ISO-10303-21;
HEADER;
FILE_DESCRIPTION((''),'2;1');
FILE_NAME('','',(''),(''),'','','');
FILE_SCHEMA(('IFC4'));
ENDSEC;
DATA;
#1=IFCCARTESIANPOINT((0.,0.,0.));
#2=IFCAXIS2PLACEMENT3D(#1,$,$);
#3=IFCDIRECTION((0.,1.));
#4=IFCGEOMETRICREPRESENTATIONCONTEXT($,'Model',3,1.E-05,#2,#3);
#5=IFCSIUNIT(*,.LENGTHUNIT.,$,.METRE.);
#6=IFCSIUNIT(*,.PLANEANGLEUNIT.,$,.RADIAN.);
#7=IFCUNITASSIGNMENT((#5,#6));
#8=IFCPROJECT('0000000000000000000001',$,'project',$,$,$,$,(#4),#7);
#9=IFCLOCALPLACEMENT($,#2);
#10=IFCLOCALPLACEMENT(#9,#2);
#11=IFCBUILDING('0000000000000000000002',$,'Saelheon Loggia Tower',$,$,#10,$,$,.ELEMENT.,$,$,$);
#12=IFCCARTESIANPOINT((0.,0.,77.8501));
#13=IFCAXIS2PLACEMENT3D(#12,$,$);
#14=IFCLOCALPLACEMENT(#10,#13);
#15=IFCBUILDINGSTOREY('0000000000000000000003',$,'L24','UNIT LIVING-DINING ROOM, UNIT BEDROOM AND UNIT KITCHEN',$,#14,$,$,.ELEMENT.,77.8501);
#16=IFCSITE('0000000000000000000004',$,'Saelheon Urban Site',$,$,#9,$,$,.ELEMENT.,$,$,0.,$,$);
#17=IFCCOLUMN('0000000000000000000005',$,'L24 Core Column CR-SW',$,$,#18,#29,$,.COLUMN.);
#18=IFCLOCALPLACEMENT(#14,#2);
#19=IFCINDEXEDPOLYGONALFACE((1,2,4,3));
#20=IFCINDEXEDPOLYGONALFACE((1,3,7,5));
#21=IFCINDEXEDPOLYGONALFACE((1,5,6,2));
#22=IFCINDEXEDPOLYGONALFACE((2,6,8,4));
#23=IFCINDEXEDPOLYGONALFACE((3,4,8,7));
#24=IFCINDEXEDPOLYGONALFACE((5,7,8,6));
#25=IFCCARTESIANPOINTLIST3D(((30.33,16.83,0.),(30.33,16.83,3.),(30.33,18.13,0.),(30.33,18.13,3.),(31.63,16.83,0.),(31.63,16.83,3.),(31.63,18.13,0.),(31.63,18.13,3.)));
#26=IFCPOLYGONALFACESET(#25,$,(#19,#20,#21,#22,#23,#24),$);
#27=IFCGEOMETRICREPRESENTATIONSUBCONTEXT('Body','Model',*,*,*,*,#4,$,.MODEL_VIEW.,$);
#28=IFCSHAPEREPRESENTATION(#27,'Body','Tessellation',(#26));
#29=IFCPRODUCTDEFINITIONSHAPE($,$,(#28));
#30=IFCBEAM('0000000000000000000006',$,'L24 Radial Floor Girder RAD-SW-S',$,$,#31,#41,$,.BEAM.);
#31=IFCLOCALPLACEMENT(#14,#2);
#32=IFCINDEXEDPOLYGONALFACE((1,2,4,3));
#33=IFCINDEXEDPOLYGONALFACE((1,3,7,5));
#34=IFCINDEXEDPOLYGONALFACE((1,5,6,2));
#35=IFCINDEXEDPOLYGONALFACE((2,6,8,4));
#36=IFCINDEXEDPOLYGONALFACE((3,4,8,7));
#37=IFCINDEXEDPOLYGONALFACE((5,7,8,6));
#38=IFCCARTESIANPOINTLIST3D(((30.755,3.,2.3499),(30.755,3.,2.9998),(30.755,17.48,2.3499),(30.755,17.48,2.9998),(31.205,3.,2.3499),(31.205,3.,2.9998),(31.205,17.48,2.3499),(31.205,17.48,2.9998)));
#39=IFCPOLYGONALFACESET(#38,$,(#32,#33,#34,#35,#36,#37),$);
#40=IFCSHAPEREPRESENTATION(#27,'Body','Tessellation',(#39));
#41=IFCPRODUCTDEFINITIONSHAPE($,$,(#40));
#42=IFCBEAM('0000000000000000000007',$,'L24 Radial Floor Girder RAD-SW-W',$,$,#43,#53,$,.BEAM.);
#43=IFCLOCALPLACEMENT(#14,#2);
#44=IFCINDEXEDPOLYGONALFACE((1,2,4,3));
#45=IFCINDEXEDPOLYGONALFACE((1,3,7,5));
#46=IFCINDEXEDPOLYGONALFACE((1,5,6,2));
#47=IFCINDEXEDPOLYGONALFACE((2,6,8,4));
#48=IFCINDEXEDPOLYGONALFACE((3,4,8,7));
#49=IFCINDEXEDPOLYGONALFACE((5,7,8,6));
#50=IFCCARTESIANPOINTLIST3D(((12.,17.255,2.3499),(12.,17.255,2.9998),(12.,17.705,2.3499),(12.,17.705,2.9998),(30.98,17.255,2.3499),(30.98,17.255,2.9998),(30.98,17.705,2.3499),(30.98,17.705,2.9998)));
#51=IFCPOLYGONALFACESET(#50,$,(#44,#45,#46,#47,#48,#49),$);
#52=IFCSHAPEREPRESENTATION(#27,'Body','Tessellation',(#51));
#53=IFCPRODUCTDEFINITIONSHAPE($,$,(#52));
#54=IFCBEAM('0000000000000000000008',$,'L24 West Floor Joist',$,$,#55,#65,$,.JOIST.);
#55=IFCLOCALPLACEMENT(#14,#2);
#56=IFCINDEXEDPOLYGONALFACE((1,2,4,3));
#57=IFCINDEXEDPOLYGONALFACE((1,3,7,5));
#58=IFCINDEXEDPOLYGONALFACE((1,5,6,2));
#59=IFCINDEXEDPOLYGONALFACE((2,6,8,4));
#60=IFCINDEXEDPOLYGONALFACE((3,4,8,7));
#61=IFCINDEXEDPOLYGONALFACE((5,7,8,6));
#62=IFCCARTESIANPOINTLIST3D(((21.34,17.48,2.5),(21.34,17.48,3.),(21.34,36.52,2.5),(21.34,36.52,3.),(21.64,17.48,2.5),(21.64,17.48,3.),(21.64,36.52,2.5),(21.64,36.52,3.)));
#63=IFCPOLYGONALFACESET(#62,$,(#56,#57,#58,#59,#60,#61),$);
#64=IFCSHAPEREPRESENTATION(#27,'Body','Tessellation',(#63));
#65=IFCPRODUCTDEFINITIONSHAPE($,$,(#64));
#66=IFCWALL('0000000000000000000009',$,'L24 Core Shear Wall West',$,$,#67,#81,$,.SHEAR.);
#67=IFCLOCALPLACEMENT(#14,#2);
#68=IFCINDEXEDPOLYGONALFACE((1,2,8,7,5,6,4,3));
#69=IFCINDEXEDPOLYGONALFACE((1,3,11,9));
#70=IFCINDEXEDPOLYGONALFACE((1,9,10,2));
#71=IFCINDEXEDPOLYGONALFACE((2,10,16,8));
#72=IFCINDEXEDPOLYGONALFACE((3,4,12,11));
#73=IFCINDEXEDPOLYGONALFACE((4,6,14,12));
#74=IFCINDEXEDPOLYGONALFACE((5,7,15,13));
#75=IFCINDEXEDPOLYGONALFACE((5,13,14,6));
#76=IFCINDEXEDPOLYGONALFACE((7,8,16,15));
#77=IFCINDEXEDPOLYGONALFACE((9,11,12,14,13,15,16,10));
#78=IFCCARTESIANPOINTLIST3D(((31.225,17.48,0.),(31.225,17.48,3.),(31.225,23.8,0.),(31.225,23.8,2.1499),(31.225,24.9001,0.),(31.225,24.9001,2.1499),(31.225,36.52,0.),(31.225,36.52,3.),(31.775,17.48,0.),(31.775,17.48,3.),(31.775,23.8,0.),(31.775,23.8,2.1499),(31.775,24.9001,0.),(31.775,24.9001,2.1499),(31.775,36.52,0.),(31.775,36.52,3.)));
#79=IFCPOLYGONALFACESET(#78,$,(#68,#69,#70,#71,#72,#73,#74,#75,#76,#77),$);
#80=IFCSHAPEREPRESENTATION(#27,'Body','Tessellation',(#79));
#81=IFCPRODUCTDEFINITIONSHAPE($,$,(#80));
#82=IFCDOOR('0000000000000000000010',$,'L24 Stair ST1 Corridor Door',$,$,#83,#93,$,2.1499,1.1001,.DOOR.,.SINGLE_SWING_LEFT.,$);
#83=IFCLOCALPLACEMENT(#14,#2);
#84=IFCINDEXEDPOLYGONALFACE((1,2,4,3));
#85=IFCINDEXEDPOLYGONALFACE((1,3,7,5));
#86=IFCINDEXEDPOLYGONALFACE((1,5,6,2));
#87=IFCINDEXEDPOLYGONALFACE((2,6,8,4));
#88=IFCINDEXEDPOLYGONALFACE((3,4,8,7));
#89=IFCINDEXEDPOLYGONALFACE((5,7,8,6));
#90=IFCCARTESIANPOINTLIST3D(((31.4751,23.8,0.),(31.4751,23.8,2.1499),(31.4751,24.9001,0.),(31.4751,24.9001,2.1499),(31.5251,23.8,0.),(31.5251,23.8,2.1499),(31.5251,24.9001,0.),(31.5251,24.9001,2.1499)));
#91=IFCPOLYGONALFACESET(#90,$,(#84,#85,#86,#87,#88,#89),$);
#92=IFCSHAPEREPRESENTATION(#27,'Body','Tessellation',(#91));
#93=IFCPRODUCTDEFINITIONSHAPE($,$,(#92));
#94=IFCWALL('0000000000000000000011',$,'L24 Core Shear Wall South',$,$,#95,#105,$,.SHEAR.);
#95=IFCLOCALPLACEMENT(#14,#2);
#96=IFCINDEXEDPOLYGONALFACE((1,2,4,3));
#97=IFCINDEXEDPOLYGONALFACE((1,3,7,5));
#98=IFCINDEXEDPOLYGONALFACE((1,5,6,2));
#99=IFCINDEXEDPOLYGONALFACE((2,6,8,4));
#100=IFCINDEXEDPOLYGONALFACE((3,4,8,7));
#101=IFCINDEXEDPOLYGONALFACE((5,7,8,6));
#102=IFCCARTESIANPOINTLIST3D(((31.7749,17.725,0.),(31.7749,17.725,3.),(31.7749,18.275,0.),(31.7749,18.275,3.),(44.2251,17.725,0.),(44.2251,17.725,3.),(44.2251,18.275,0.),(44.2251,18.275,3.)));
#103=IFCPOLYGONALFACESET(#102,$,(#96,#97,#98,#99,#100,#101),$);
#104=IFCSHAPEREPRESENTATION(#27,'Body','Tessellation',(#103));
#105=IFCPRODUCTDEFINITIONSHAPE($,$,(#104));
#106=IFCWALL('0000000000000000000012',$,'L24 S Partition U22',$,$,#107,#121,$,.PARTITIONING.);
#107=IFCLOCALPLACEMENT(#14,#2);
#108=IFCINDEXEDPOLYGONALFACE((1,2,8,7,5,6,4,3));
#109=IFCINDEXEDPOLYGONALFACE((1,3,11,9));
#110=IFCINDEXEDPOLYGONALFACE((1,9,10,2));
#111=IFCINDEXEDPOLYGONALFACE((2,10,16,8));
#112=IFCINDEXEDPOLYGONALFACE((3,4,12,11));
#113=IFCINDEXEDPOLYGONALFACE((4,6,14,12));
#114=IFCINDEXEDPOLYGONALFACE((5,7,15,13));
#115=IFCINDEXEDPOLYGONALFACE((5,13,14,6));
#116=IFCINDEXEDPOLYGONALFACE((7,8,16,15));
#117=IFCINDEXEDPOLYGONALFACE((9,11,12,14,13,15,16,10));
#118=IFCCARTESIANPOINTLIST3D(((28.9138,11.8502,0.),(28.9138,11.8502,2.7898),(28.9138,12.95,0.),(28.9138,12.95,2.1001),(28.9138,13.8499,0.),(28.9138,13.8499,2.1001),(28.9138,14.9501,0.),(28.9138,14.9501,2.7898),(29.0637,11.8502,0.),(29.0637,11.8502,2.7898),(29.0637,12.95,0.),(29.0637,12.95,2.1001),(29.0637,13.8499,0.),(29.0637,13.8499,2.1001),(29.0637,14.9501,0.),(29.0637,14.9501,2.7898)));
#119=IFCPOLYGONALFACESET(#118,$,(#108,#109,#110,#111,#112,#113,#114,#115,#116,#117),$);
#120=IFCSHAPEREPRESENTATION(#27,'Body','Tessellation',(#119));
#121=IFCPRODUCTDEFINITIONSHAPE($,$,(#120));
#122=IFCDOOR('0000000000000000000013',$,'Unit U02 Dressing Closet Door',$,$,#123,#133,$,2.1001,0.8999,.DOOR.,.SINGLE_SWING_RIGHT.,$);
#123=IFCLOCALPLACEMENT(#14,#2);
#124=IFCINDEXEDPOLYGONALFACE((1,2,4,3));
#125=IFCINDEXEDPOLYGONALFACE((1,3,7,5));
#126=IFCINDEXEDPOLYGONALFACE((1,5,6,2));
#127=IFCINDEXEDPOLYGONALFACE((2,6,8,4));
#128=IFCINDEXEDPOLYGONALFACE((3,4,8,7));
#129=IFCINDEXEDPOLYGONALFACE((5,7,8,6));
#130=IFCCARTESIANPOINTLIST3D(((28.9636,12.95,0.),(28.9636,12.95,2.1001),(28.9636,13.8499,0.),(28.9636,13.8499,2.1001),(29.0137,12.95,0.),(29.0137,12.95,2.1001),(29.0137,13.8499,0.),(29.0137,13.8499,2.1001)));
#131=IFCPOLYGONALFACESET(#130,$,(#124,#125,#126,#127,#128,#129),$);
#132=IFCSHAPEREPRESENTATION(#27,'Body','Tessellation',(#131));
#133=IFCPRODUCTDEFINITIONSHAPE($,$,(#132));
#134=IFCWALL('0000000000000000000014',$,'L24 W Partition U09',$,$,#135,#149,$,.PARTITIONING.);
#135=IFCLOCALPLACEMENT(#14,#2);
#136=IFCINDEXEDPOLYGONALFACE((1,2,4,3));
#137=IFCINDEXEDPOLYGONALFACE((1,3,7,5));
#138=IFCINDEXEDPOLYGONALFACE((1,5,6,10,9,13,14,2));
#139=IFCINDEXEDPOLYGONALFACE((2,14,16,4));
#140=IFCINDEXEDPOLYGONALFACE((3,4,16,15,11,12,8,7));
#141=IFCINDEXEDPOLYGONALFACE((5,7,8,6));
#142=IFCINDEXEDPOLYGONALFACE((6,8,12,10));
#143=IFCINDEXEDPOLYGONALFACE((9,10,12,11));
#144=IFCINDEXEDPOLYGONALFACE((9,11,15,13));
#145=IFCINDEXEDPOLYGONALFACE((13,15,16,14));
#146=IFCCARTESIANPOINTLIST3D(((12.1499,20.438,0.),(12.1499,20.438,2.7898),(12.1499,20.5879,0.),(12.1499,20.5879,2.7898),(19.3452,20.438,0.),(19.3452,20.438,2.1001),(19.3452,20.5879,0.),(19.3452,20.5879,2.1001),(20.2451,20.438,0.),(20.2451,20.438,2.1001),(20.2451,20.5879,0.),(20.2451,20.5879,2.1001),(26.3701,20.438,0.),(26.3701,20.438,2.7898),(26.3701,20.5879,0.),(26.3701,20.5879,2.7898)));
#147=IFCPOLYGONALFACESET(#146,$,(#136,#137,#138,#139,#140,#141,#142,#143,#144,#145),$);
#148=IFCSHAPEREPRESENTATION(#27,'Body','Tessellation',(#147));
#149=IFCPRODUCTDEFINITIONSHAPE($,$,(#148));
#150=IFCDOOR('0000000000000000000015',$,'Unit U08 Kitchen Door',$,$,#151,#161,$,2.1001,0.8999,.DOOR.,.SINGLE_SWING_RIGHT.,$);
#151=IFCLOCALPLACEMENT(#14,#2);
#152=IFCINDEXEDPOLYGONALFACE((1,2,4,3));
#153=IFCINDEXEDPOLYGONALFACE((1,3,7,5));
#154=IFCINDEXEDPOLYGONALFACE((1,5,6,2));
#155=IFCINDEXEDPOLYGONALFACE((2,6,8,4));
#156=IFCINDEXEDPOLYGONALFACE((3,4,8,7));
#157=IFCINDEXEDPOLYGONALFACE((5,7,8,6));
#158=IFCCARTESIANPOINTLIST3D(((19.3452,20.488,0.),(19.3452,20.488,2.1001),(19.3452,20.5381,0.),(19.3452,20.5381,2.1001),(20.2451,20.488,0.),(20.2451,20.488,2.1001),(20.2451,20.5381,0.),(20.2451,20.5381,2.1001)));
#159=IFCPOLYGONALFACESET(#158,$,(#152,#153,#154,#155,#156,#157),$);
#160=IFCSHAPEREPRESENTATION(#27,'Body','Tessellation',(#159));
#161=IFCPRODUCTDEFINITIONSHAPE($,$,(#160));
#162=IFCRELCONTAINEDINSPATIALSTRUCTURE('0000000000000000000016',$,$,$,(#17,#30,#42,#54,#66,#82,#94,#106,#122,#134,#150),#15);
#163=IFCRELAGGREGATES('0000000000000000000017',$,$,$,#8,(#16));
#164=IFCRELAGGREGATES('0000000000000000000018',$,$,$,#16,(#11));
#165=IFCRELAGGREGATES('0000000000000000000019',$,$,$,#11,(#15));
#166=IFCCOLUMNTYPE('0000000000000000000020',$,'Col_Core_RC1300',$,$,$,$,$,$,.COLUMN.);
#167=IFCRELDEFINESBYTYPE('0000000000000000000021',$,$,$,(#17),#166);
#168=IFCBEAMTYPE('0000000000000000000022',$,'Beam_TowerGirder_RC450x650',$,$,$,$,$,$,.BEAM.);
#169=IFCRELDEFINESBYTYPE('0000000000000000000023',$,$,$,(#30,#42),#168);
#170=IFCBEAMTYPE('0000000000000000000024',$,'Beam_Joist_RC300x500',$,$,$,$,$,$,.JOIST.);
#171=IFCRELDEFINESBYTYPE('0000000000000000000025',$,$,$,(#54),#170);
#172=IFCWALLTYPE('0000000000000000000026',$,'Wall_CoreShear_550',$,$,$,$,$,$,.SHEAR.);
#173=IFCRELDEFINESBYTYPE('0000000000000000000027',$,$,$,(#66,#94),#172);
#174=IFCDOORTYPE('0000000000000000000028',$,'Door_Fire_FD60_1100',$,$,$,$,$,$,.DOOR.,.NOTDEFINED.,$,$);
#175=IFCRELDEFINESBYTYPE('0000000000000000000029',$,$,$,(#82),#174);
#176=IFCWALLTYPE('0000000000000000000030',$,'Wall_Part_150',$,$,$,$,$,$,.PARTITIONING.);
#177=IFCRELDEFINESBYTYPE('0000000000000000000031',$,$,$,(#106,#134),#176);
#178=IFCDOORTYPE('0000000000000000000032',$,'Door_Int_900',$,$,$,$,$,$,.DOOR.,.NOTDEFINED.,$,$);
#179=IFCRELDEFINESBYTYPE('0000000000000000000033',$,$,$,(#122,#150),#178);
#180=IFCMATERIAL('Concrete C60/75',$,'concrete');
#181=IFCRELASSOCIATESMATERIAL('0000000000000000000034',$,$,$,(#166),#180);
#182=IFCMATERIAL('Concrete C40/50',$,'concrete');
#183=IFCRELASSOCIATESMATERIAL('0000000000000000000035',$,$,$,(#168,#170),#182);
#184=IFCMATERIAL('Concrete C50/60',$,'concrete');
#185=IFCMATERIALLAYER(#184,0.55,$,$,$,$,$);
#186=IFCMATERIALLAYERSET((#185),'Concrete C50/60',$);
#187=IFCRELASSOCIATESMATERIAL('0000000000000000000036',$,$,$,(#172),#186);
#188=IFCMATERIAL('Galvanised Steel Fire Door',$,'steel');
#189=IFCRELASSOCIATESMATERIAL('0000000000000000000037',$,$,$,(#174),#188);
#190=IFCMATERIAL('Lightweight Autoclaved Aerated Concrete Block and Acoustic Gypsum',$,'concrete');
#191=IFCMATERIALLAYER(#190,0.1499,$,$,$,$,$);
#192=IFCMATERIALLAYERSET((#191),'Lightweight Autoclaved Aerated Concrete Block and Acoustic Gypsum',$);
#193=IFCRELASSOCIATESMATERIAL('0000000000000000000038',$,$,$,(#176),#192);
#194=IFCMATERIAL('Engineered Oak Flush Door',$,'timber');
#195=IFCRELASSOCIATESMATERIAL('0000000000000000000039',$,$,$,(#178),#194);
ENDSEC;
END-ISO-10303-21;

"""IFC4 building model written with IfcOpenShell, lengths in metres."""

from ifc_helpers import new_model, si_unit, direction, frame, frame_2d, origin, origin_2d, place, context, subcontext, project, spatial, rectangle, extrude, source, transform, mapped, material, layer, layer_set, material_profile, profile_set, type_object, element, fill, save


model = new_model("IFC4")

# Units and contexts
model_context = context("Model", 3, precision=1e-05, world=origin(), true_north=direction((0.0, 1.0)))
body_context = subcontext(model_context, "Body", "Model", "MODEL_VIEW")
ifc_project = project(units=[si_unit("LENGTHUNIT", "METRE"), si_unit("PLANEANGLEUNIT", "RADIAN")], contexts=[model_context])

# Site, building, storey
site_placement = place(None, origin())
site = spatial("IfcSite", under=ifc_project, at=site_placement, Name="Saelheon Urban Site", CompositionType="ELEMENT", RefElevation=0.0)
building_placement = place(site_placement, origin())
building = spatial("IfcBuilding", under=site, at=building_placement, Name="Saelheon Loggia Tower", CompositionType="ELEMENT")
storey_placement = place(building_placement, frame((0.0, 0.0, 77.8501)))
storey = spatial("IfcBuildingStorey", under=building, at=storey_placement, Name="L24", Description="UNIT LIVING-DINING ROOM, UNIT BEDROOM AND UNIT KITCHEN", CompositionType="ELEMENT", Elevation=77.8501)

# Column
ifc_material_1 = material(Name="Concrete C60/75", Category="concrete")
ifc_material_profile_1 = material_profile(ifc_material_1, rectangle(XDim=1.3, YDim=1.3, at=origin_2d()), Name="RC-1300x1300")
ifc_profile_set_1 = profile_set([ifc_material_profile_1], Name="Concrete C60/75")
column_type = type_object("IfcColumnType", Name="Col_Core_RC1300", PredefinedType="COLUMN", material=ifc_profile_set_1)
shared_shape_1 = source(origin(), body_context, "Body", "SweptSolid", [
    extrude(rectangle(XDim=1.3, YDim=1.3, at=origin_2d()), origin(), (0.0, 0.0, 1.0), 3.0),
])
column_placement = place(storey_placement, frame((30.98, 17.48, 0.0), z_axis=(0.0, 0.0, 1.0), x_axis=(1.0, 0.0, 0.0)))
element("IfcColumn", 1, at=column_placement, inside=storey, type_object=column_type, Name="L24 Core Column CR-SW", PredefinedType="COLUMN", context=body_context, shape_type="MappedRepresentation", body=[
    mapped(shared_shape_1, transform((0.0, 0.0, 0.0), scale=1.0)),
])

# Beams
ifc_material_2 = material(Name="Concrete C40/50", Category="concrete")
ifc_material_profile_2 = material_profile(ifc_material_2, rectangle(XDim=0.45, YDim=0.6499, at=origin_2d()), Name="RC-450x650")
ifc_profile_set_2 = profile_set([ifc_material_profile_2], Name="Concrete C40/50")
beam_type_1 = type_object("IfcBeamType", Name="Beam_TowerGirder_RC450x650", PredefinedType="BEAM", material=ifc_profile_set_2)
shared_shape_2 = source(origin(), body_context, "Body", "SweptSolid", [
    extrude(rectangle(XDim=0.45, YDim=0.6499, at=origin_2d()), origin(), (0.0, 0.0, 1.0), 14.48),
])
beam_1_placement = place(storey_placement, frame((30.98, 17.48, 2.6748), z_axis=(0.0, -1.0, 0.0), x_axis=(1.0, 0.0, 0.0)))
element("IfcBeam", 2, at=beam_1_placement, inside=storey, type_object=beam_type_1, Name="L24 Radial Floor Girder RAD-SW-S", PredefinedType="BEAM", context=body_context, shape_type="MappedRepresentation", body=[
    mapped(shared_shape_2, transform((0.0, 0.0, 0.0), scale=1.0)),
])
shared_shape_3 = source(origin(), body_context, "Body", "SweptSolid", [
    extrude(rectangle(XDim=0.45, YDim=0.6499, at=origin_2d()), origin(), (0.0, 0.0, 1.0), 18.98),
])
beam_2_placement = place(storey_placement, frame((30.98, 17.48, 2.6748), z_axis=(-1.0, 0.0, 0.0), x_axis=(0.0, -1.0, 0.0)))
element("IfcBeam", 3, at=beam_2_placement, inside=storey, type_object=beam_type_1, Name="L24 Radial Floor Girder RAD-SW-W", PredefinedType="BEAM", context=body_context, shape_type="MappedRepresentation", body=[
    mapped(shared_shape_3, transform((0.0, 0.0, 0.0), scale=1.0)),
])
ifc_material_profile_3 = material_profile(ifc_material_2, rectangle(XDim=0.3, YDim=0.5, at=origin_2d()), Name="RC-300x500")
ifc_profile_set_3 = profile_set([ifc_material_profile_3], Name="Concrete C40/50")
beam_type_2 = type_object("IfcBeamType", Name="Beam_Joist_RC300x500", PredefinedType="JOIST", material=ifc_profile_set_3)
shared_shape_4 = source(origin(), body_context, "Body", "SweptSolid", [
    extrude(rectangle(XDim=0.3, YDim=0.5, at=origin_2d()), origin(), (0.0, 0.0, 1.0), 19.04),
])
beam_3_placement = place(storey_placement, frame((21.49, 17.48, 2.75), z_axis=(0.0, 1.0, 0.0), x_axis=(-1.0, 0.0, 0.0)))
element("IfcBeam", 4, at=beam_3_placement, inside=storey, type_object=beam_type_2, Name="L24 West Floor Joist", PredefinedType="JOIST", context=body_context, shape_type="MappedRepresentation", body=[
    mapped(shared_shape_4, transform((0.0, 0.0, 0.0), scale=1.0)),
])

# Wall, opening, door
ifc_material_3 = material(Name="Concrete C50/60", Category="concrete")
ifc_layer_1 = layer(ifc_material_3, 0.55)
ifc_layer_set_1 = layer_set([ifc_layer_1], Name="Concrete C50/60")
wall_type_1 = type_object("IfcWallType", Name="Wall_CoreShear_550", PredefinedType="SHEAR", material=ifc_layer_set_1)
wall_1_placement = place(storey_placement, frame((31.5, 17.48, 0.0), z_axis=(0.0, 0.0, 1.0), x_axis=(0.0, 1.0, 0.0)))
wall_1 = element("IfcWall", 5, at=wall_1_placement, inside=storey, type_object=wall_type_1, Name="L24 Core Shear Wall West", PredefinedType="SHEAR", context=body_context, shape_type="SweptSolid", body=[
    extrude(rectangle(XDim=19.04, YDim=0.55, at=frame_2d((9.52, 0.0))), origin(), (0.0, 0.0, 1.0), 3.0),
])
opening_1_placement = place(wall_1_placement, frame((6.3201, 0.0, 0.0)))
opening_1 = element("IfcOpeningElement", 6, at=opening_1_placement, cuts=wall_1, PredefinedType="OPENING", context=body_context, shape_type="SweptSolid", body=[
    extrude(rectangle(XDim=1.1001, YDim=2.1499, at=frame_2d((0.55, 1.075))), frame((0.0, 0.2871, 0.0), z_axis=(0.0, -1.0, 0.0), x_axis=(1.0, 0.0, 0.0)), (0.0, 0.0, 1.0), 0.574),
])
ifc_material_4 = material(Name="Galvanised Steel Fire Door", Category="steel")
door_type_1 = type_object("IfcDoorType", Name="Door_Fire_FD60_1100", OperationType="NOTDEFINED", PredefinedType="DOOR", material=ifc_material_4)
shared_shape_5 = source(origin(), body_context, "Body", "SweptSolid", [
    extrude(rectangle(XDim=1.1001, YDim=2.1499, at=frame_2d((0.55, 1.075))), frame((0.0, 0.0249, 0.0), z_axis=(0.0, -1.0, 0.0), x_axis=(1.0, 0.0, 0.0)), (0.0, 0.0, 1.0), 0.05),
])
door_1_placement = place(opening_1_placement, origin())
door_1 = element("IfcDoor", 7, at=door_1_placement, inside=storey, type_object=door_type_1, Name="L24 Stair ST1 Corridor Door", OperationType="SINGLE_SWING_LEFT", OverallHeight=2.1499, OverallWidth=1.1001, PredefinedType="DOOR", context=body_context, shape_type="MappedRepresentation", body=[
    mapped(shared_shape_5, transform((0.0, 0.0, 0.0), scale=1.0)),
])
fill(opening_1, door_1)

# Wall
wall_2_placement = place(storey_placement, frame((31.7749, 18.0, 0.0), z_axis=(0.0, 0.0, 1.0), x_axis=(1.0, 0.0, 0.0)))
element("IfcWall", 8, at=wall_2_placement, inside=storey, type_object=wall_type_1, Name="L24 Core Shear Wall South", PredefinedType="SHEAR", context=body_context, shape_type="SweptSolid", body=[
    extrude(rectangle(XDim=12.4502, YDim=0.55, at=frame_2d((6.2251, 0.0))), origin(), (0.0, 0.0, 1.0), 3.0),
])

# Walls, openings, doors
ifc_material_5 = material(Name="Lightweight Autoclaved Aerated Concrete Block and Acoustic Gypsum", Category="concrete")
ifc_layer_2 = layer(ifc_material_5, 0.1499)
ifc_layer_set_2 = layer_set([ifc_layer_2], Name="Lightweight Autoclaved Aerated Concrete Block and Acoustic Gypsum")
wall_type_2 = type_object("IfcWallType", Name="Wall_Part_150", PredefinedType="PARTITIONING", material=ifc_layer_set_2)
wall_3_placement = place(storey_placement, frame((28.9888, 14.95, 0.0), z_axis=(0.0, 0.0, 1.0), x_axis=(0.0, -1.0, 0.0)))
wall_3 = element("IfcWall", 9, at=wall_3_placement, inside=storey, type_object=wall_type_2, Name="L24 S Partition U22", PredefinedType="PARTITIONING", context=body_context, shape_type="SweptSolid", body=[
    extrude(rectangle(XDim=3.0999, YDim=0.1499, at=frame_2d((1.5498, 0.0))), origin(), (0.0, 0.0, 1.0), 2.7898),
])
opening_2_placement = place(wall_3_placement, frame((1.1001, 0.0, 0.0)))
opening_2 = element("IfcOpeningElement", 10, at=opening_2_placement, cuts=wall_3, PredefinedType="OPENING", context=body_context, shape_type="SweptSolid", body=[
    extrude(rectangle(XDim=0.8999, YDim=2.1001, at=frame_2d((0.45, 1.05))), frame((0.0, 0.0869, 0.0), z_axis=(0.0, -1.0, 0.0), x_axis=(1.0, 0.0, 0.0)), (0.0, 0.0, 1.0), 0.1738),
])
ifc_material_6 = material(Name="Engineered Oak Flush Door", Category="timber")
door_type_2 = type_object("IfcDoorType", Name="Door_Int_900", OperationType="NOTDEFINED", PredefinedType="DOOR", material=ifc_material_6)
shared_shape_6 = source(origin(), body_context, "Body", "SweptSolid", [
    extrude(rectangle(XDim=0.8999, YDim=2.1001, at=frame_2d((0.45, 1.05))), frame((0.0, 0.0249, 0.0), z_axis=(0.0, -1.0, 0.0), x_axis=(1.0, 0.0, 0.0)), (0.0, 0.0, 1.0), 0.05),
])
door_2_placement = place(opening_2_placement, origin())
door_2 = element("IfcDoor", 11, at=door_2_placement, inside=storey, type_object=door_type_2, Name="Unit U02 Dressing Closet Door", OperationType="SINGLE_SWING_RIGHT", OverallHeight=2.1001, OverallWidth=0.8999, PredefinedType="DOOR", context=body_context, shape_type="MappedRepresentation", body=[
    mapped(shared_shape_6, transform((0.0, 0.0, 0.0), scale=1.0)),
])
fill(opening_2, door_2)
wall_4_placement = place(storey_placement, frame((26.3701, 20.5129, 0.0), z_axis=(0.0, 0.0, 1.0), x_axis=(-1.0, 0.0, 0.0)))
wall_4 = element("IfcWall", 12, at=wall_4_placement, inside=storey, type_object=wall_type_2, Name="L24 W Partition U09", PredefinedType="PARTITIONING", context=body_context, shape_type="SweptSolid", body=[
    extrude(rectangle(XDim=14.2202, YDim=0.1499, at=frame_2d((7.1101, 0.0))), origin(), (0.0, 0.0, 1.0), 2.7898),
])
opening_3_placement = place(wall_4_placement, frame((6.125, 0.0, 0.0)))
opening_3 = element("IfcOpeningElement", 13, at=opening_3_placement, cuts=wall_4, PredefinedType="OPENING", context=body_context, shape_type="SweptSolid", body=[
    extrude(rectangle(XDim=0.8999, YDim=2.1001, at=frame_2d((0.45, 1.05))), frame((0.0, 0.0869, 0.0), z_axis=(0.0, -1.0, 0.0), x_axis=(1.0, 0.0, 0.0)), (0.0, 0.0, 1.0), 0.1738),
])
door_3_placement = place(opening_3_placement, origin())
door_3 = element("IfcDoor", 14, at=door_3_placement, inside=storey, type_object=door_type_2, Name="Unit U08 Kitchen Door", OperationType="SINGLE_SWING_RIGHT", OverallHeight=2.1001, OverallWidth=0.8999, PredefinedType="DOOR", context=body_context, shape_type="MappedRepresentation", body=[
    mapped(shared_shape_6, transform((0.0, 0.0, 0.0), scale=1.0)),
])
fill(opening_3, door_3)

save(model, "model.ifc")
